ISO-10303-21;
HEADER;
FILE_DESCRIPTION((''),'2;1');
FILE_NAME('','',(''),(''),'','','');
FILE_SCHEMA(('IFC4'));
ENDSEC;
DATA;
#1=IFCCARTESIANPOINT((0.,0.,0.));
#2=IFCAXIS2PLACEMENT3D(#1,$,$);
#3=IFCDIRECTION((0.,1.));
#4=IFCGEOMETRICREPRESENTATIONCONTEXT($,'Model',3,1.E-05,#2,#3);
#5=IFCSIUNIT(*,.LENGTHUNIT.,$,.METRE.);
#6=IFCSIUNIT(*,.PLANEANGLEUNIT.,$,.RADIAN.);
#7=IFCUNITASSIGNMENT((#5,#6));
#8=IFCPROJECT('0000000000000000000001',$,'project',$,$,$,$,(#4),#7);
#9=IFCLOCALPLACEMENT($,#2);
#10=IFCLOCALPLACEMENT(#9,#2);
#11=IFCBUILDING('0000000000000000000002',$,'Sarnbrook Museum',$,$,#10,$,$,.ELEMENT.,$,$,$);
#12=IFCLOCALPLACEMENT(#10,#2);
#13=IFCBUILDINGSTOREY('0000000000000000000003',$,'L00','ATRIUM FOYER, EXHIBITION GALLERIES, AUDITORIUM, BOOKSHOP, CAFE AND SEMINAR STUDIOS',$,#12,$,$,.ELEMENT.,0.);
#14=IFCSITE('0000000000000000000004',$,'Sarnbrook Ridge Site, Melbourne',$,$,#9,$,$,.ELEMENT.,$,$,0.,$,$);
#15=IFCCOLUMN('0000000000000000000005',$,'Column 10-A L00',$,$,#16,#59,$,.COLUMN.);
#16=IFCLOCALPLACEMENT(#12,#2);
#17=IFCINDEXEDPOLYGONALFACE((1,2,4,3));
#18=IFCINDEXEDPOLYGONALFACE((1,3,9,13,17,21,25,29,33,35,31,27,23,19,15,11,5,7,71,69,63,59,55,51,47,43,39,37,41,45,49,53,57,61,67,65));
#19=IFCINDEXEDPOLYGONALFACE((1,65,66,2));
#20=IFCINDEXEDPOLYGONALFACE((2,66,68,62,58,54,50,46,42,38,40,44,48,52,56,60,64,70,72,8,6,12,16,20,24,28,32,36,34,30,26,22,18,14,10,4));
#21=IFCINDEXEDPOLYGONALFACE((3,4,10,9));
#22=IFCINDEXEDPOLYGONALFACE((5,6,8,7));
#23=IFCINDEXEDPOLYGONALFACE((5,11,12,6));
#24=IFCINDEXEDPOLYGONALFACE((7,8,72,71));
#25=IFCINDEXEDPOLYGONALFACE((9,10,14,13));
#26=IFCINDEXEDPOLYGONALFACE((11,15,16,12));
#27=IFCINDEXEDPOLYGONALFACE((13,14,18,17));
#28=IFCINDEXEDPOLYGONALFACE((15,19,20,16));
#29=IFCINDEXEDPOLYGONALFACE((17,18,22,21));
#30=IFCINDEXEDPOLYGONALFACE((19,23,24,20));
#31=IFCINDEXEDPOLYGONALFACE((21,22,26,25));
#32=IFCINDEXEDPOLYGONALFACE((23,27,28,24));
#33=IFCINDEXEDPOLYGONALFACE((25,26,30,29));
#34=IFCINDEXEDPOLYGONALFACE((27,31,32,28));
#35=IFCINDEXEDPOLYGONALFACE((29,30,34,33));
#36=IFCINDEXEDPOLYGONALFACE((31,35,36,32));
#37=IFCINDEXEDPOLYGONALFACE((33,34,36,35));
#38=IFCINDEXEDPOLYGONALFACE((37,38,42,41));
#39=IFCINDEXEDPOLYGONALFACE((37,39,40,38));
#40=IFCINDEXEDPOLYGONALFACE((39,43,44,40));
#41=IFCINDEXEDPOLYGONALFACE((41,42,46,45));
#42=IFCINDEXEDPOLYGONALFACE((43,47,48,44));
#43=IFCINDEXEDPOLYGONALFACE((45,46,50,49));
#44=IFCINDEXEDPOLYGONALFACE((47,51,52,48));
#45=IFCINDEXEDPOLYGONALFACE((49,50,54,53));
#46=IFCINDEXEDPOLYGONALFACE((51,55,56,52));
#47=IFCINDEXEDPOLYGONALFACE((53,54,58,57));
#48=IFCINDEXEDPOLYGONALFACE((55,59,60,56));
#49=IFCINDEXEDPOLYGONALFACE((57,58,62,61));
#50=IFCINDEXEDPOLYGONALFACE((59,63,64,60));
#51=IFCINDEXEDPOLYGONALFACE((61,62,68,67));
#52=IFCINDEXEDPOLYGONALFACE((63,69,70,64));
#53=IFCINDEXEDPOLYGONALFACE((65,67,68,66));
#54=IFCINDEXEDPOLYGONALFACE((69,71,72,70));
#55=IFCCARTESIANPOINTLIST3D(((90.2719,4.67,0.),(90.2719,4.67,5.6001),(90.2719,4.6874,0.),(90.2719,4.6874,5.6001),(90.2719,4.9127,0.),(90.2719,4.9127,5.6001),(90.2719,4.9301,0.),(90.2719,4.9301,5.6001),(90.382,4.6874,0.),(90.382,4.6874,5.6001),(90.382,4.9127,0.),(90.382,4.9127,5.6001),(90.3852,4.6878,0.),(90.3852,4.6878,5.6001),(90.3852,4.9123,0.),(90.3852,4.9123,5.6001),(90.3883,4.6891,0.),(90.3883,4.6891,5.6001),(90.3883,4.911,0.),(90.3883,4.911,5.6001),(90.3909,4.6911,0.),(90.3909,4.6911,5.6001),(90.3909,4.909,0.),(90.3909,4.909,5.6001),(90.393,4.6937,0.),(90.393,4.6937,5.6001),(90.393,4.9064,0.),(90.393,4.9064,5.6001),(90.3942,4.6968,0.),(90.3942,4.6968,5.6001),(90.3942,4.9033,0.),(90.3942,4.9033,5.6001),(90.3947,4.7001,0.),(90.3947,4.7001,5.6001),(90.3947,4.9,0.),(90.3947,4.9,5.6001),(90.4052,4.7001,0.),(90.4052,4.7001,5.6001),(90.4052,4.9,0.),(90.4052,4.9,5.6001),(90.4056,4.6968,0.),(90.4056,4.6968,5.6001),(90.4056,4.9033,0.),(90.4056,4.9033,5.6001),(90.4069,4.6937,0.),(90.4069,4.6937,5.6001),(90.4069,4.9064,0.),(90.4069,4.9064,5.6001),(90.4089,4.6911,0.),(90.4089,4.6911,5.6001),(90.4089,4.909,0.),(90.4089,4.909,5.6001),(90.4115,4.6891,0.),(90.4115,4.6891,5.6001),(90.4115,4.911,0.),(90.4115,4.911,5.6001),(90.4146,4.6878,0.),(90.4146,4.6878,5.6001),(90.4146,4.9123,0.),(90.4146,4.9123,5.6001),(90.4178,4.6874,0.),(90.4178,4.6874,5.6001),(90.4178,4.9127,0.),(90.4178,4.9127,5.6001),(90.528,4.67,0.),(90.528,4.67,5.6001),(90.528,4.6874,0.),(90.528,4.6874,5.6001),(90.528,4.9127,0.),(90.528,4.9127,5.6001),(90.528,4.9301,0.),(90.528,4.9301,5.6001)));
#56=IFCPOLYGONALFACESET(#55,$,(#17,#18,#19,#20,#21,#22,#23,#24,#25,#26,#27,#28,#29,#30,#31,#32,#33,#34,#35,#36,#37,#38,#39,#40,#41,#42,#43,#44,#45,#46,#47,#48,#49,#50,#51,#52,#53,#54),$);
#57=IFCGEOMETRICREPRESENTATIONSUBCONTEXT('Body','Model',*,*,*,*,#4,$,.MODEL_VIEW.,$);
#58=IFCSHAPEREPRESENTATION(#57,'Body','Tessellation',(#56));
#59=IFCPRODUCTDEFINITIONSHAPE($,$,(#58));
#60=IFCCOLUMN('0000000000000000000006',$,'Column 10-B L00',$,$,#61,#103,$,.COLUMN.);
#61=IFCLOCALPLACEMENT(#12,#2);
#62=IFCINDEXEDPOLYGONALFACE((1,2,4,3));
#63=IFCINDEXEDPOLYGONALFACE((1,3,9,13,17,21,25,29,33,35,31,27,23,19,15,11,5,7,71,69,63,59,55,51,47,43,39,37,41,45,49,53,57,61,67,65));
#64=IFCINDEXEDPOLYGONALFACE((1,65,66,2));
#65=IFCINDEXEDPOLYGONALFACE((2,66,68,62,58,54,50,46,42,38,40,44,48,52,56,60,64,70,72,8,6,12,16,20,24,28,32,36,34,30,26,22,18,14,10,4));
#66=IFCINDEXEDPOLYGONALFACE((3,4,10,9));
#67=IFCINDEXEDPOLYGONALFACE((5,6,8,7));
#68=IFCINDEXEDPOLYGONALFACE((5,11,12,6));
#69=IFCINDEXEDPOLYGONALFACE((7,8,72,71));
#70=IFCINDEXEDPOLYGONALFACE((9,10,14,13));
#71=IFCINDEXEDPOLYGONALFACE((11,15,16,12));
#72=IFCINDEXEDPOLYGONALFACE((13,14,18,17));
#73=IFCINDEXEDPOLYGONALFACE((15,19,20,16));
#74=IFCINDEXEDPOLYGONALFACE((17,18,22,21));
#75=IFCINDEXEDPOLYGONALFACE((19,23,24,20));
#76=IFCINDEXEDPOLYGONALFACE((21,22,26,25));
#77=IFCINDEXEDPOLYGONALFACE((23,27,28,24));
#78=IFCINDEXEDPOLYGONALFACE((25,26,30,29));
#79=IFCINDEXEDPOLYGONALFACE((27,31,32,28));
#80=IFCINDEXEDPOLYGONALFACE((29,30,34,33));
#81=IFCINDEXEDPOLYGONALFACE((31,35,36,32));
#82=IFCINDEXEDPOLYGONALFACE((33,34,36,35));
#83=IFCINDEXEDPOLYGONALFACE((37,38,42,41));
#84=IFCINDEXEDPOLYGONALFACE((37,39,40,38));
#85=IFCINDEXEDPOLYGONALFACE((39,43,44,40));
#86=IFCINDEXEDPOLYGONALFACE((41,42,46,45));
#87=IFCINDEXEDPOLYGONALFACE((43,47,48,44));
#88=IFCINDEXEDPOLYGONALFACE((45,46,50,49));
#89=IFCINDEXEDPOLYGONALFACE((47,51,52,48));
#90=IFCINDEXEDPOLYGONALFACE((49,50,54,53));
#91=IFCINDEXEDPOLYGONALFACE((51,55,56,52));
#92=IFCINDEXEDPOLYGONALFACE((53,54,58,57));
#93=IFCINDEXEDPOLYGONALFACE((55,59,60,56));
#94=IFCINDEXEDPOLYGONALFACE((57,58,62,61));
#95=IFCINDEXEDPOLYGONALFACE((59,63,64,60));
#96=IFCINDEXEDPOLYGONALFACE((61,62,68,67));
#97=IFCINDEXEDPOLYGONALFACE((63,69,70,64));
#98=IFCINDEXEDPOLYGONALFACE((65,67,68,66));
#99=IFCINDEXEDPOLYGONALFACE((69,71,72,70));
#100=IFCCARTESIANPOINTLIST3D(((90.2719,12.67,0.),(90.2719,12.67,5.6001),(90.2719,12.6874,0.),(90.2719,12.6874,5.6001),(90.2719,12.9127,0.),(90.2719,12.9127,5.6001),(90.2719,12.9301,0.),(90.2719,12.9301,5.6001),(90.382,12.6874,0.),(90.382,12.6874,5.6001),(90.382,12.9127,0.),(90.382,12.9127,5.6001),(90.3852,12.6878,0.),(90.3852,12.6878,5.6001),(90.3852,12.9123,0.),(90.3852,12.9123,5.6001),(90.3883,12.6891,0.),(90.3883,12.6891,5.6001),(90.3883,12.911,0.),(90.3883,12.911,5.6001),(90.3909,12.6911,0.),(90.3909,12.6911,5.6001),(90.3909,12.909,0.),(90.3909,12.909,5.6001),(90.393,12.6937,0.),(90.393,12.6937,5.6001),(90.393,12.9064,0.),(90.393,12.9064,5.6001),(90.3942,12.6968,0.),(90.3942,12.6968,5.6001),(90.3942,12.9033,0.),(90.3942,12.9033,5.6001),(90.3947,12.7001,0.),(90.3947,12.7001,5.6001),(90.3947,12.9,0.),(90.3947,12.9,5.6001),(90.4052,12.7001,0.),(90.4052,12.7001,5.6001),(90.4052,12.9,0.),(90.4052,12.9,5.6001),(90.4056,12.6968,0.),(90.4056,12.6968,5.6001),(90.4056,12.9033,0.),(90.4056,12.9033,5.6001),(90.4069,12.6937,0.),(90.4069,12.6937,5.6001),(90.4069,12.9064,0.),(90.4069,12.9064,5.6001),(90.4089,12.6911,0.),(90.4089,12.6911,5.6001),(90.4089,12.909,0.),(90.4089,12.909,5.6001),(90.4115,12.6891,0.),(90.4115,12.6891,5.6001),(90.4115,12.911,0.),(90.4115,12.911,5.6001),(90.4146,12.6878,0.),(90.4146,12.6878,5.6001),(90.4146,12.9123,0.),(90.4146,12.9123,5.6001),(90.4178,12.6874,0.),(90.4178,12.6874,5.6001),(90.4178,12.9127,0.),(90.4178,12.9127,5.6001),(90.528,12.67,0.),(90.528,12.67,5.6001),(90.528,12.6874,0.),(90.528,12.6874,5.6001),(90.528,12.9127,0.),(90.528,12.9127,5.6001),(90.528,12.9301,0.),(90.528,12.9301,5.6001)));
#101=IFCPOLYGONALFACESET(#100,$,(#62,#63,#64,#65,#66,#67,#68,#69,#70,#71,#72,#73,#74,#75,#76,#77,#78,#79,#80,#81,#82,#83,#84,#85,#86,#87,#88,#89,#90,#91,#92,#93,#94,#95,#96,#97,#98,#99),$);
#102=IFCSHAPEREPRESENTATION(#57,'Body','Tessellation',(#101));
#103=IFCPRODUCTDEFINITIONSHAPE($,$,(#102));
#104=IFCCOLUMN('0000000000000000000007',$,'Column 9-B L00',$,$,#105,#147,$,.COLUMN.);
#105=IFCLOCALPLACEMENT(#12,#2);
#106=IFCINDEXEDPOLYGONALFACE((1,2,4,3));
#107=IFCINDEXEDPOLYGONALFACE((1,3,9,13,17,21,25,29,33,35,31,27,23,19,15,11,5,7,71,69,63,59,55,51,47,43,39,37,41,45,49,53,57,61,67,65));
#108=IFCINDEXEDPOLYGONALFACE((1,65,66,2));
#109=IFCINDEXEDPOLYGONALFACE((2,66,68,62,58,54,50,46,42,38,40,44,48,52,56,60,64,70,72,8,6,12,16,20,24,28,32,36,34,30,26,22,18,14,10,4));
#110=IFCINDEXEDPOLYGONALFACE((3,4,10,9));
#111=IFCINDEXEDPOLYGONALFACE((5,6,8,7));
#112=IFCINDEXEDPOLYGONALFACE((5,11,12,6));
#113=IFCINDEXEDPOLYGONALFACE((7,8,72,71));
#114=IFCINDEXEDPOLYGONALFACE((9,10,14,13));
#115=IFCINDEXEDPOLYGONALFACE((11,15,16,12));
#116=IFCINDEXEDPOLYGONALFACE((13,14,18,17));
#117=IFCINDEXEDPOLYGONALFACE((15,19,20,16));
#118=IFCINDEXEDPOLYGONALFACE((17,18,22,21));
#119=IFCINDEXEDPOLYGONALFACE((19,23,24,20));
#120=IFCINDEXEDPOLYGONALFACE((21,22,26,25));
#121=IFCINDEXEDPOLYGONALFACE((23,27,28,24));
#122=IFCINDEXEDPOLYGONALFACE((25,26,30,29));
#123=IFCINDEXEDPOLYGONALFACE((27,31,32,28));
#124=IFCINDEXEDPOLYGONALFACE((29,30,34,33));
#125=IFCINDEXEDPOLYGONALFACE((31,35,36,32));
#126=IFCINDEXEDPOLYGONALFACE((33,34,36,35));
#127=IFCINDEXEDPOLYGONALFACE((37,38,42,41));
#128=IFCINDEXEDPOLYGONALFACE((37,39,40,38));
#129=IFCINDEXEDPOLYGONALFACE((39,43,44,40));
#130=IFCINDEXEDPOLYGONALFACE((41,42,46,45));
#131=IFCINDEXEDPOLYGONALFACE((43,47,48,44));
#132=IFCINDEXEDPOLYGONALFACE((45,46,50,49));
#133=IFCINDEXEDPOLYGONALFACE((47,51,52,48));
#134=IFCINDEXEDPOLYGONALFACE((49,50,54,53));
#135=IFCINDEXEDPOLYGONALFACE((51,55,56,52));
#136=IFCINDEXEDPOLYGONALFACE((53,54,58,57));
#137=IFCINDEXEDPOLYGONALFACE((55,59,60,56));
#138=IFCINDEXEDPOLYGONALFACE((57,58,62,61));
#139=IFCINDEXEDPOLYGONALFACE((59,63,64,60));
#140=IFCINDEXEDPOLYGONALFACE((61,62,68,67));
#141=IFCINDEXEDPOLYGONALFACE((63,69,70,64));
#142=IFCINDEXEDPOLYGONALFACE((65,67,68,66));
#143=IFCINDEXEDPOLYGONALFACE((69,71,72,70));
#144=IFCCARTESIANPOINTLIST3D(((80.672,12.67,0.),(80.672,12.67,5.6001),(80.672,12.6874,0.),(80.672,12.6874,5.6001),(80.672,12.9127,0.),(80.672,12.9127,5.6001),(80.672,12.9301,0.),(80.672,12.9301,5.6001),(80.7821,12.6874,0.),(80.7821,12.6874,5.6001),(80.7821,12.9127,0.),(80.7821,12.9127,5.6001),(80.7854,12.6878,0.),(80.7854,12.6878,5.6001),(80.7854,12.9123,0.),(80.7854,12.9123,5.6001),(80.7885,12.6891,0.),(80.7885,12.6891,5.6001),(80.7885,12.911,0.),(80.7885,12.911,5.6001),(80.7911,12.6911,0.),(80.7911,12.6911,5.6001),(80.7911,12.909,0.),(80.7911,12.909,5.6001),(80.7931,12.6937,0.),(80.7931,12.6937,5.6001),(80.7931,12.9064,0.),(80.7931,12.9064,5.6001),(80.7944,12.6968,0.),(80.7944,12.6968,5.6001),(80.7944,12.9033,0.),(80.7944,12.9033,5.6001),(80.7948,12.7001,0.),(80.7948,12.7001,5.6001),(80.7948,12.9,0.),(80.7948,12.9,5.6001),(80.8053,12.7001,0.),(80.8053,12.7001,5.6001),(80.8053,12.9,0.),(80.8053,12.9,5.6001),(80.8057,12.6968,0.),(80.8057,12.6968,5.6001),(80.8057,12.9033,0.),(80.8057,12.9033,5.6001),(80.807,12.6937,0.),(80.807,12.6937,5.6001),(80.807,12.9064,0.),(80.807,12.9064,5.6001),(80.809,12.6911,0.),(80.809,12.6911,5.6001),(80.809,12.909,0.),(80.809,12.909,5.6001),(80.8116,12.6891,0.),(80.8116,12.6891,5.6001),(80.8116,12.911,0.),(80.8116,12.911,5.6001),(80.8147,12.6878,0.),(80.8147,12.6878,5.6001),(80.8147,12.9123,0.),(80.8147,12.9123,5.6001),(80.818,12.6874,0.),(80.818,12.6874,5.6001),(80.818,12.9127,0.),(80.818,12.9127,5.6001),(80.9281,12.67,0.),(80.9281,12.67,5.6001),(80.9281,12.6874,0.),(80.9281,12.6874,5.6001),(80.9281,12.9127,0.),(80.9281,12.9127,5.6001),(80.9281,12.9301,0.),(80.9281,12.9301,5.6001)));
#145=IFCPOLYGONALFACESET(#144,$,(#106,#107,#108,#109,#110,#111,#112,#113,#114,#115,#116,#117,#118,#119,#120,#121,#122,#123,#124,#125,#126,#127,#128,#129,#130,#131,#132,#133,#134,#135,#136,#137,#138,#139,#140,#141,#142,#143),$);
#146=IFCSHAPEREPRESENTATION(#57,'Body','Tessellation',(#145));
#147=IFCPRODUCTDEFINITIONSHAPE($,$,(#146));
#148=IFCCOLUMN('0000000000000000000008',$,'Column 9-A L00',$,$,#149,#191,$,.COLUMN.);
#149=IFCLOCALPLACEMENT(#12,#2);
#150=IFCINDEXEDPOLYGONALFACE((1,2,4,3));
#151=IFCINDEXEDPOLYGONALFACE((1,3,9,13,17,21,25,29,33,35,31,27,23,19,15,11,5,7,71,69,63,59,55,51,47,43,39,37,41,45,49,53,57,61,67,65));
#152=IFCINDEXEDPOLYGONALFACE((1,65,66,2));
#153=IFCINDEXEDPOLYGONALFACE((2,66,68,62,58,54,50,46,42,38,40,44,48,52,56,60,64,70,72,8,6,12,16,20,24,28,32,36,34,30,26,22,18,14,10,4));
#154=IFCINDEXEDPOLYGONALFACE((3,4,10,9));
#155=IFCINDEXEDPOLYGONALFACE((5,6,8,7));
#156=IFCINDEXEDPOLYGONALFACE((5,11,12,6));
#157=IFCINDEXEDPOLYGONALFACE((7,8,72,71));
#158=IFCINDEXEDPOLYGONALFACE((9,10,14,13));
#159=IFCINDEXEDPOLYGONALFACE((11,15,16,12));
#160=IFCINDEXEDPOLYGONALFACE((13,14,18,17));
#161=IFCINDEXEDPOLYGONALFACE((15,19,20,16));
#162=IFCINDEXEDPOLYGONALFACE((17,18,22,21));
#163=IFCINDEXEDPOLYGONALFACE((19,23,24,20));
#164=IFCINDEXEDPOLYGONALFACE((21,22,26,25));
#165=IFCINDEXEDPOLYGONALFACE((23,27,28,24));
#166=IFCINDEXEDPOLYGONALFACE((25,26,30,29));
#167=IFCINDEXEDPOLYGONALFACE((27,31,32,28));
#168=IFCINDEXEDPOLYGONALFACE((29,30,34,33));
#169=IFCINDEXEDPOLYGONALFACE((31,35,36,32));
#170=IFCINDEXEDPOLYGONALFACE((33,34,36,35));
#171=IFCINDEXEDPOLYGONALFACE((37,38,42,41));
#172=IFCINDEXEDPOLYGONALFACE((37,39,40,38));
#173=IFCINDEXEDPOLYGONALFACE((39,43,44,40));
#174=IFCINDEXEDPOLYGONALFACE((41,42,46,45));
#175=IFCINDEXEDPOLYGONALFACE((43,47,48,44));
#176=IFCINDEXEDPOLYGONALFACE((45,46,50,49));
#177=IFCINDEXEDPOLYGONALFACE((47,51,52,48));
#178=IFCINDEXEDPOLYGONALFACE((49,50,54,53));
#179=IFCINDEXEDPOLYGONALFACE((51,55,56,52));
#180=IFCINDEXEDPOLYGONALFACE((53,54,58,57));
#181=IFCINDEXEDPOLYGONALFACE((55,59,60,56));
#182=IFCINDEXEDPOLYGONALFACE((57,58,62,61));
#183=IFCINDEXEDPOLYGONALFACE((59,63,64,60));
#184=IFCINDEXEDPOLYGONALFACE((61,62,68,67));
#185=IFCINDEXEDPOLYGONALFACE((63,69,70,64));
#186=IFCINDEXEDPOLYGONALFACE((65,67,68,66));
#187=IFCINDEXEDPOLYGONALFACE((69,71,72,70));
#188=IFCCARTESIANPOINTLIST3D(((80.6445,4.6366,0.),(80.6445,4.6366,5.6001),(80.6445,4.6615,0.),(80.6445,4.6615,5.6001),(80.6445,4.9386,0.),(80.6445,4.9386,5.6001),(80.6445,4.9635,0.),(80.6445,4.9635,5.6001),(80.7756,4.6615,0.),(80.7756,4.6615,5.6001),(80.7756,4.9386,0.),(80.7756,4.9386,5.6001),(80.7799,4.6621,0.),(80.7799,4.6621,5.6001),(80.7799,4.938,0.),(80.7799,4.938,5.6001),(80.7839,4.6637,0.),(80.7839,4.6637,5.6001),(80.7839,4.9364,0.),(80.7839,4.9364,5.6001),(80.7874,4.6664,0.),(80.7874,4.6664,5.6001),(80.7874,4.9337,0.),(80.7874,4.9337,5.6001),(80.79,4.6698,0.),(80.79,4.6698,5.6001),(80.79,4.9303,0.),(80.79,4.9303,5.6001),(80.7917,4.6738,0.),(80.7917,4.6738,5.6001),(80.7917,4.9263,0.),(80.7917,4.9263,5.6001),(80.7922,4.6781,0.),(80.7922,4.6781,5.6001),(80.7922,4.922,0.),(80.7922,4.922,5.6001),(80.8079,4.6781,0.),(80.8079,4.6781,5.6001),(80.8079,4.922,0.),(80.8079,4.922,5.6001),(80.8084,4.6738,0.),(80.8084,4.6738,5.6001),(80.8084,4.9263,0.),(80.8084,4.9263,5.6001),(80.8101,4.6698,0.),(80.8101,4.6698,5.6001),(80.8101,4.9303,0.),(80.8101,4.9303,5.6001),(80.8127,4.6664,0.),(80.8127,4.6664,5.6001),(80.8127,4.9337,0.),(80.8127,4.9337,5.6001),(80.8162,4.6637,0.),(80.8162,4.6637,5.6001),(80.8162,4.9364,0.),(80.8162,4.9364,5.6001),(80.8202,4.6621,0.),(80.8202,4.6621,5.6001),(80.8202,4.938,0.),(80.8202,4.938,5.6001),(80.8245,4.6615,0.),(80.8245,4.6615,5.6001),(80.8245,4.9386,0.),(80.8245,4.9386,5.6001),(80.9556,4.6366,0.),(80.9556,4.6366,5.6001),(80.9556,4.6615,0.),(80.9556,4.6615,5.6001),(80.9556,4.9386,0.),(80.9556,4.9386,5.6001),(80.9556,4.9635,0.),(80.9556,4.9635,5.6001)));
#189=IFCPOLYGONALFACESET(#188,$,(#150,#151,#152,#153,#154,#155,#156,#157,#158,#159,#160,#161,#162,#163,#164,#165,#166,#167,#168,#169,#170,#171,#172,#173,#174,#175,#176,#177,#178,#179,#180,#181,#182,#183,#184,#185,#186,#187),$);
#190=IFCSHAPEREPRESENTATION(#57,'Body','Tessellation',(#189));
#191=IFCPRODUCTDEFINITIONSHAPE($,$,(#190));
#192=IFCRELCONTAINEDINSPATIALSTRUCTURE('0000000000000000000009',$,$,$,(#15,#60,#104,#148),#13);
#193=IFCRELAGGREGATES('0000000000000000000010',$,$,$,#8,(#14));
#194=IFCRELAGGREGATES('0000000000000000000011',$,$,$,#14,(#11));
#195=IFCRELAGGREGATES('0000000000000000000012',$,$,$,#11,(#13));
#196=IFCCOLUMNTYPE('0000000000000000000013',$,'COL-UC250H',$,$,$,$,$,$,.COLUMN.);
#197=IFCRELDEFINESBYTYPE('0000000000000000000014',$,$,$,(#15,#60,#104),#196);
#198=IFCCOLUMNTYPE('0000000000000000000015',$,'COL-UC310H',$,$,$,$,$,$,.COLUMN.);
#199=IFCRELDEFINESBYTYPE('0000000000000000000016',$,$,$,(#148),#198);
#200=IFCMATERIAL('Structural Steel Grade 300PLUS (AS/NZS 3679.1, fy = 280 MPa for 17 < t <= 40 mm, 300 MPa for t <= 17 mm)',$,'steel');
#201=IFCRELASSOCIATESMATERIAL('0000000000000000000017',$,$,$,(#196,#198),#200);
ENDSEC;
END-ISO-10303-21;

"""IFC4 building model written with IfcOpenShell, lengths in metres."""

from ifc_helpers import new_model, si_unit, direction, frame, origin, origin_2d, place, context, subcontext, project, spatial, i_section, extrude, material, material_profile, profile_set, type_object, element, save


model = new_model("IFC4")

# Units and contexts
model_context = context("Model", 3, precision=1e-05, world=origin(), true_north=direction((0.0, 1.0)))
body_context = subcontext(model_context, "Body", "Model", "MODEL_VIEW")
ifc_project = project(units=[si_unit("LENGTHUNIT", "METRE"), si_unit("PLANEANGLEUNIT", "RADIAN")], contexts=[model_context])

# Site, building, storey
site_placement = place(None, origin())
site = spatial("IfcSite", under=ifc_project, at=site_placement, Name="Sarnbrook Ridge Site, Melbourne", CompositionType="ELEMENT", RefElevation=0.0)
building_placement = place(site_placement, origin())
building = spatial("IfcBuilding", under=site, at=building_placement, Name="Sarnbrook Museum", CompositionType="ELEMENT")
storey_placement = place(building_placement, origin())
storey = spatial("IfcBuildingStorey", under=building, at=storey_placement, Name="L00", Description="ATRIUM FOYER, EXHIBITION GALLERIES, AUDITORIUM, BOOKSHOP, CAFE AND SEMINAR STUDIOS", CompositionType="ELEMENT", Elevation=0.0)

# Columns
ifc_material_1 = material(Name="Structural Steel Grade 300PLUS (AS/NZS 3679.1, fy = 280 MPa for 17 < t <= 40 mm, 300 MPa for t <= 17 mm)", Category="steel")
ifc_material_profile_1 = material_profile(ifc_material_1, i_section(OverallWidth=0.2561, OverallDepth=0.26, WebThickness=0.0105, FlangeThickness=0.0173, FilletRadius=0.0127, at=origin_2d()), Name="250UC89.5")
ifc_profile_set_1 = profile_set([ifc_material_profile_1], Name="Structural Steel Grade 300PLUS (AS/NZS 3679.1, fy = 280 MPa for 17 < t <= 40 mm, 300 MPa for t <= 17 mm)")
column_type_1 = type_object("IfcColumnType", Name="COL-UC250H", PredefinedType="COLUMN", material=ifc_profile_set_1)
for number, where, z_axis, x_axis, name in (
    (1, (90.3999, 4.8, 0.0), (0.0, 0.0, 1.0), (1.0, 0.0, 0.0), "Column 10-A L00"),
    (2, (90.3999, 12.8, 0.0), (0.0, 0.0, 1.0), (1.0, 0.0, 0.0), "Column 10-B L00"),
    (3, (80.8, 12.8, 0.0), (0.0, 0.0, 1.0), (1.0, 0.0, 0.0), "Column 9-B L00"),
):
    element("IfcColumn", number, at=place(storey_placement, frame(where, z_axis=z_axis, x_axis=x_axis)), inside=storey, type_object=column_type_1, Name=name, PredefinedType="COLUMN", context=body_context, shape_type="SweptSolid", body=[
        extrude(i_section(OverallWidth=0.2561, OverallDepth=0.26, WebThickness=0.0105, FlangeThickness=0.0173, FilletRadius=0.0127, at=origin_2d()), origin(), (0.0, 0.0, 1.0), 5.6001),
    ])
ifc_material_profile_2 = material_profile(ifc_material_1, i_section(OverallWidth=0.311, OverallDepth=0.3269, WebThickness=0.0156, FlangeThickness=0.0249, FilletRadius=0.0166, at=origin_2d()), Name="310UC158")
ifc_profile_set_2 = profile_set([ifc_material_profile_2], Name="Structural Steel Grade 300PLUS (AS/NZS 3679.1, fy = 280 MPa for 17 < t <= 40 mm, 300 MPa for t <= 17 mm)")
column_type_2 = type_object("IfcColumnType", Name="COL-UC310H", PredefinedType="COLUMN", material=ifc_profile_set_2)
column_1_placement = place(storey_placement, frame((80.8, 4.8, 0.0), z_axis=(0.0, 0.0, 1.0), x_axis=(1.0, 0.0, 0.0)))
element("IfcColumn", 4, at=column_1_placement, inside=storey, type_object=column_type_2, Name="Column 9-A L00", PredefinedType="COLUMN", context=body_context, shape_type="SweptSolid", body=[
    extrude(i_section(OverallWidth=0.311, OverallDepth=0.3269, WebThickness=0.0156, FlangeThickness=0.0249, FilletRadius=0.0166, at=origin_2d()), origin(), (0.0, 0.0, 1.0), 5.6001),
])

save(model, "model.ifc")
